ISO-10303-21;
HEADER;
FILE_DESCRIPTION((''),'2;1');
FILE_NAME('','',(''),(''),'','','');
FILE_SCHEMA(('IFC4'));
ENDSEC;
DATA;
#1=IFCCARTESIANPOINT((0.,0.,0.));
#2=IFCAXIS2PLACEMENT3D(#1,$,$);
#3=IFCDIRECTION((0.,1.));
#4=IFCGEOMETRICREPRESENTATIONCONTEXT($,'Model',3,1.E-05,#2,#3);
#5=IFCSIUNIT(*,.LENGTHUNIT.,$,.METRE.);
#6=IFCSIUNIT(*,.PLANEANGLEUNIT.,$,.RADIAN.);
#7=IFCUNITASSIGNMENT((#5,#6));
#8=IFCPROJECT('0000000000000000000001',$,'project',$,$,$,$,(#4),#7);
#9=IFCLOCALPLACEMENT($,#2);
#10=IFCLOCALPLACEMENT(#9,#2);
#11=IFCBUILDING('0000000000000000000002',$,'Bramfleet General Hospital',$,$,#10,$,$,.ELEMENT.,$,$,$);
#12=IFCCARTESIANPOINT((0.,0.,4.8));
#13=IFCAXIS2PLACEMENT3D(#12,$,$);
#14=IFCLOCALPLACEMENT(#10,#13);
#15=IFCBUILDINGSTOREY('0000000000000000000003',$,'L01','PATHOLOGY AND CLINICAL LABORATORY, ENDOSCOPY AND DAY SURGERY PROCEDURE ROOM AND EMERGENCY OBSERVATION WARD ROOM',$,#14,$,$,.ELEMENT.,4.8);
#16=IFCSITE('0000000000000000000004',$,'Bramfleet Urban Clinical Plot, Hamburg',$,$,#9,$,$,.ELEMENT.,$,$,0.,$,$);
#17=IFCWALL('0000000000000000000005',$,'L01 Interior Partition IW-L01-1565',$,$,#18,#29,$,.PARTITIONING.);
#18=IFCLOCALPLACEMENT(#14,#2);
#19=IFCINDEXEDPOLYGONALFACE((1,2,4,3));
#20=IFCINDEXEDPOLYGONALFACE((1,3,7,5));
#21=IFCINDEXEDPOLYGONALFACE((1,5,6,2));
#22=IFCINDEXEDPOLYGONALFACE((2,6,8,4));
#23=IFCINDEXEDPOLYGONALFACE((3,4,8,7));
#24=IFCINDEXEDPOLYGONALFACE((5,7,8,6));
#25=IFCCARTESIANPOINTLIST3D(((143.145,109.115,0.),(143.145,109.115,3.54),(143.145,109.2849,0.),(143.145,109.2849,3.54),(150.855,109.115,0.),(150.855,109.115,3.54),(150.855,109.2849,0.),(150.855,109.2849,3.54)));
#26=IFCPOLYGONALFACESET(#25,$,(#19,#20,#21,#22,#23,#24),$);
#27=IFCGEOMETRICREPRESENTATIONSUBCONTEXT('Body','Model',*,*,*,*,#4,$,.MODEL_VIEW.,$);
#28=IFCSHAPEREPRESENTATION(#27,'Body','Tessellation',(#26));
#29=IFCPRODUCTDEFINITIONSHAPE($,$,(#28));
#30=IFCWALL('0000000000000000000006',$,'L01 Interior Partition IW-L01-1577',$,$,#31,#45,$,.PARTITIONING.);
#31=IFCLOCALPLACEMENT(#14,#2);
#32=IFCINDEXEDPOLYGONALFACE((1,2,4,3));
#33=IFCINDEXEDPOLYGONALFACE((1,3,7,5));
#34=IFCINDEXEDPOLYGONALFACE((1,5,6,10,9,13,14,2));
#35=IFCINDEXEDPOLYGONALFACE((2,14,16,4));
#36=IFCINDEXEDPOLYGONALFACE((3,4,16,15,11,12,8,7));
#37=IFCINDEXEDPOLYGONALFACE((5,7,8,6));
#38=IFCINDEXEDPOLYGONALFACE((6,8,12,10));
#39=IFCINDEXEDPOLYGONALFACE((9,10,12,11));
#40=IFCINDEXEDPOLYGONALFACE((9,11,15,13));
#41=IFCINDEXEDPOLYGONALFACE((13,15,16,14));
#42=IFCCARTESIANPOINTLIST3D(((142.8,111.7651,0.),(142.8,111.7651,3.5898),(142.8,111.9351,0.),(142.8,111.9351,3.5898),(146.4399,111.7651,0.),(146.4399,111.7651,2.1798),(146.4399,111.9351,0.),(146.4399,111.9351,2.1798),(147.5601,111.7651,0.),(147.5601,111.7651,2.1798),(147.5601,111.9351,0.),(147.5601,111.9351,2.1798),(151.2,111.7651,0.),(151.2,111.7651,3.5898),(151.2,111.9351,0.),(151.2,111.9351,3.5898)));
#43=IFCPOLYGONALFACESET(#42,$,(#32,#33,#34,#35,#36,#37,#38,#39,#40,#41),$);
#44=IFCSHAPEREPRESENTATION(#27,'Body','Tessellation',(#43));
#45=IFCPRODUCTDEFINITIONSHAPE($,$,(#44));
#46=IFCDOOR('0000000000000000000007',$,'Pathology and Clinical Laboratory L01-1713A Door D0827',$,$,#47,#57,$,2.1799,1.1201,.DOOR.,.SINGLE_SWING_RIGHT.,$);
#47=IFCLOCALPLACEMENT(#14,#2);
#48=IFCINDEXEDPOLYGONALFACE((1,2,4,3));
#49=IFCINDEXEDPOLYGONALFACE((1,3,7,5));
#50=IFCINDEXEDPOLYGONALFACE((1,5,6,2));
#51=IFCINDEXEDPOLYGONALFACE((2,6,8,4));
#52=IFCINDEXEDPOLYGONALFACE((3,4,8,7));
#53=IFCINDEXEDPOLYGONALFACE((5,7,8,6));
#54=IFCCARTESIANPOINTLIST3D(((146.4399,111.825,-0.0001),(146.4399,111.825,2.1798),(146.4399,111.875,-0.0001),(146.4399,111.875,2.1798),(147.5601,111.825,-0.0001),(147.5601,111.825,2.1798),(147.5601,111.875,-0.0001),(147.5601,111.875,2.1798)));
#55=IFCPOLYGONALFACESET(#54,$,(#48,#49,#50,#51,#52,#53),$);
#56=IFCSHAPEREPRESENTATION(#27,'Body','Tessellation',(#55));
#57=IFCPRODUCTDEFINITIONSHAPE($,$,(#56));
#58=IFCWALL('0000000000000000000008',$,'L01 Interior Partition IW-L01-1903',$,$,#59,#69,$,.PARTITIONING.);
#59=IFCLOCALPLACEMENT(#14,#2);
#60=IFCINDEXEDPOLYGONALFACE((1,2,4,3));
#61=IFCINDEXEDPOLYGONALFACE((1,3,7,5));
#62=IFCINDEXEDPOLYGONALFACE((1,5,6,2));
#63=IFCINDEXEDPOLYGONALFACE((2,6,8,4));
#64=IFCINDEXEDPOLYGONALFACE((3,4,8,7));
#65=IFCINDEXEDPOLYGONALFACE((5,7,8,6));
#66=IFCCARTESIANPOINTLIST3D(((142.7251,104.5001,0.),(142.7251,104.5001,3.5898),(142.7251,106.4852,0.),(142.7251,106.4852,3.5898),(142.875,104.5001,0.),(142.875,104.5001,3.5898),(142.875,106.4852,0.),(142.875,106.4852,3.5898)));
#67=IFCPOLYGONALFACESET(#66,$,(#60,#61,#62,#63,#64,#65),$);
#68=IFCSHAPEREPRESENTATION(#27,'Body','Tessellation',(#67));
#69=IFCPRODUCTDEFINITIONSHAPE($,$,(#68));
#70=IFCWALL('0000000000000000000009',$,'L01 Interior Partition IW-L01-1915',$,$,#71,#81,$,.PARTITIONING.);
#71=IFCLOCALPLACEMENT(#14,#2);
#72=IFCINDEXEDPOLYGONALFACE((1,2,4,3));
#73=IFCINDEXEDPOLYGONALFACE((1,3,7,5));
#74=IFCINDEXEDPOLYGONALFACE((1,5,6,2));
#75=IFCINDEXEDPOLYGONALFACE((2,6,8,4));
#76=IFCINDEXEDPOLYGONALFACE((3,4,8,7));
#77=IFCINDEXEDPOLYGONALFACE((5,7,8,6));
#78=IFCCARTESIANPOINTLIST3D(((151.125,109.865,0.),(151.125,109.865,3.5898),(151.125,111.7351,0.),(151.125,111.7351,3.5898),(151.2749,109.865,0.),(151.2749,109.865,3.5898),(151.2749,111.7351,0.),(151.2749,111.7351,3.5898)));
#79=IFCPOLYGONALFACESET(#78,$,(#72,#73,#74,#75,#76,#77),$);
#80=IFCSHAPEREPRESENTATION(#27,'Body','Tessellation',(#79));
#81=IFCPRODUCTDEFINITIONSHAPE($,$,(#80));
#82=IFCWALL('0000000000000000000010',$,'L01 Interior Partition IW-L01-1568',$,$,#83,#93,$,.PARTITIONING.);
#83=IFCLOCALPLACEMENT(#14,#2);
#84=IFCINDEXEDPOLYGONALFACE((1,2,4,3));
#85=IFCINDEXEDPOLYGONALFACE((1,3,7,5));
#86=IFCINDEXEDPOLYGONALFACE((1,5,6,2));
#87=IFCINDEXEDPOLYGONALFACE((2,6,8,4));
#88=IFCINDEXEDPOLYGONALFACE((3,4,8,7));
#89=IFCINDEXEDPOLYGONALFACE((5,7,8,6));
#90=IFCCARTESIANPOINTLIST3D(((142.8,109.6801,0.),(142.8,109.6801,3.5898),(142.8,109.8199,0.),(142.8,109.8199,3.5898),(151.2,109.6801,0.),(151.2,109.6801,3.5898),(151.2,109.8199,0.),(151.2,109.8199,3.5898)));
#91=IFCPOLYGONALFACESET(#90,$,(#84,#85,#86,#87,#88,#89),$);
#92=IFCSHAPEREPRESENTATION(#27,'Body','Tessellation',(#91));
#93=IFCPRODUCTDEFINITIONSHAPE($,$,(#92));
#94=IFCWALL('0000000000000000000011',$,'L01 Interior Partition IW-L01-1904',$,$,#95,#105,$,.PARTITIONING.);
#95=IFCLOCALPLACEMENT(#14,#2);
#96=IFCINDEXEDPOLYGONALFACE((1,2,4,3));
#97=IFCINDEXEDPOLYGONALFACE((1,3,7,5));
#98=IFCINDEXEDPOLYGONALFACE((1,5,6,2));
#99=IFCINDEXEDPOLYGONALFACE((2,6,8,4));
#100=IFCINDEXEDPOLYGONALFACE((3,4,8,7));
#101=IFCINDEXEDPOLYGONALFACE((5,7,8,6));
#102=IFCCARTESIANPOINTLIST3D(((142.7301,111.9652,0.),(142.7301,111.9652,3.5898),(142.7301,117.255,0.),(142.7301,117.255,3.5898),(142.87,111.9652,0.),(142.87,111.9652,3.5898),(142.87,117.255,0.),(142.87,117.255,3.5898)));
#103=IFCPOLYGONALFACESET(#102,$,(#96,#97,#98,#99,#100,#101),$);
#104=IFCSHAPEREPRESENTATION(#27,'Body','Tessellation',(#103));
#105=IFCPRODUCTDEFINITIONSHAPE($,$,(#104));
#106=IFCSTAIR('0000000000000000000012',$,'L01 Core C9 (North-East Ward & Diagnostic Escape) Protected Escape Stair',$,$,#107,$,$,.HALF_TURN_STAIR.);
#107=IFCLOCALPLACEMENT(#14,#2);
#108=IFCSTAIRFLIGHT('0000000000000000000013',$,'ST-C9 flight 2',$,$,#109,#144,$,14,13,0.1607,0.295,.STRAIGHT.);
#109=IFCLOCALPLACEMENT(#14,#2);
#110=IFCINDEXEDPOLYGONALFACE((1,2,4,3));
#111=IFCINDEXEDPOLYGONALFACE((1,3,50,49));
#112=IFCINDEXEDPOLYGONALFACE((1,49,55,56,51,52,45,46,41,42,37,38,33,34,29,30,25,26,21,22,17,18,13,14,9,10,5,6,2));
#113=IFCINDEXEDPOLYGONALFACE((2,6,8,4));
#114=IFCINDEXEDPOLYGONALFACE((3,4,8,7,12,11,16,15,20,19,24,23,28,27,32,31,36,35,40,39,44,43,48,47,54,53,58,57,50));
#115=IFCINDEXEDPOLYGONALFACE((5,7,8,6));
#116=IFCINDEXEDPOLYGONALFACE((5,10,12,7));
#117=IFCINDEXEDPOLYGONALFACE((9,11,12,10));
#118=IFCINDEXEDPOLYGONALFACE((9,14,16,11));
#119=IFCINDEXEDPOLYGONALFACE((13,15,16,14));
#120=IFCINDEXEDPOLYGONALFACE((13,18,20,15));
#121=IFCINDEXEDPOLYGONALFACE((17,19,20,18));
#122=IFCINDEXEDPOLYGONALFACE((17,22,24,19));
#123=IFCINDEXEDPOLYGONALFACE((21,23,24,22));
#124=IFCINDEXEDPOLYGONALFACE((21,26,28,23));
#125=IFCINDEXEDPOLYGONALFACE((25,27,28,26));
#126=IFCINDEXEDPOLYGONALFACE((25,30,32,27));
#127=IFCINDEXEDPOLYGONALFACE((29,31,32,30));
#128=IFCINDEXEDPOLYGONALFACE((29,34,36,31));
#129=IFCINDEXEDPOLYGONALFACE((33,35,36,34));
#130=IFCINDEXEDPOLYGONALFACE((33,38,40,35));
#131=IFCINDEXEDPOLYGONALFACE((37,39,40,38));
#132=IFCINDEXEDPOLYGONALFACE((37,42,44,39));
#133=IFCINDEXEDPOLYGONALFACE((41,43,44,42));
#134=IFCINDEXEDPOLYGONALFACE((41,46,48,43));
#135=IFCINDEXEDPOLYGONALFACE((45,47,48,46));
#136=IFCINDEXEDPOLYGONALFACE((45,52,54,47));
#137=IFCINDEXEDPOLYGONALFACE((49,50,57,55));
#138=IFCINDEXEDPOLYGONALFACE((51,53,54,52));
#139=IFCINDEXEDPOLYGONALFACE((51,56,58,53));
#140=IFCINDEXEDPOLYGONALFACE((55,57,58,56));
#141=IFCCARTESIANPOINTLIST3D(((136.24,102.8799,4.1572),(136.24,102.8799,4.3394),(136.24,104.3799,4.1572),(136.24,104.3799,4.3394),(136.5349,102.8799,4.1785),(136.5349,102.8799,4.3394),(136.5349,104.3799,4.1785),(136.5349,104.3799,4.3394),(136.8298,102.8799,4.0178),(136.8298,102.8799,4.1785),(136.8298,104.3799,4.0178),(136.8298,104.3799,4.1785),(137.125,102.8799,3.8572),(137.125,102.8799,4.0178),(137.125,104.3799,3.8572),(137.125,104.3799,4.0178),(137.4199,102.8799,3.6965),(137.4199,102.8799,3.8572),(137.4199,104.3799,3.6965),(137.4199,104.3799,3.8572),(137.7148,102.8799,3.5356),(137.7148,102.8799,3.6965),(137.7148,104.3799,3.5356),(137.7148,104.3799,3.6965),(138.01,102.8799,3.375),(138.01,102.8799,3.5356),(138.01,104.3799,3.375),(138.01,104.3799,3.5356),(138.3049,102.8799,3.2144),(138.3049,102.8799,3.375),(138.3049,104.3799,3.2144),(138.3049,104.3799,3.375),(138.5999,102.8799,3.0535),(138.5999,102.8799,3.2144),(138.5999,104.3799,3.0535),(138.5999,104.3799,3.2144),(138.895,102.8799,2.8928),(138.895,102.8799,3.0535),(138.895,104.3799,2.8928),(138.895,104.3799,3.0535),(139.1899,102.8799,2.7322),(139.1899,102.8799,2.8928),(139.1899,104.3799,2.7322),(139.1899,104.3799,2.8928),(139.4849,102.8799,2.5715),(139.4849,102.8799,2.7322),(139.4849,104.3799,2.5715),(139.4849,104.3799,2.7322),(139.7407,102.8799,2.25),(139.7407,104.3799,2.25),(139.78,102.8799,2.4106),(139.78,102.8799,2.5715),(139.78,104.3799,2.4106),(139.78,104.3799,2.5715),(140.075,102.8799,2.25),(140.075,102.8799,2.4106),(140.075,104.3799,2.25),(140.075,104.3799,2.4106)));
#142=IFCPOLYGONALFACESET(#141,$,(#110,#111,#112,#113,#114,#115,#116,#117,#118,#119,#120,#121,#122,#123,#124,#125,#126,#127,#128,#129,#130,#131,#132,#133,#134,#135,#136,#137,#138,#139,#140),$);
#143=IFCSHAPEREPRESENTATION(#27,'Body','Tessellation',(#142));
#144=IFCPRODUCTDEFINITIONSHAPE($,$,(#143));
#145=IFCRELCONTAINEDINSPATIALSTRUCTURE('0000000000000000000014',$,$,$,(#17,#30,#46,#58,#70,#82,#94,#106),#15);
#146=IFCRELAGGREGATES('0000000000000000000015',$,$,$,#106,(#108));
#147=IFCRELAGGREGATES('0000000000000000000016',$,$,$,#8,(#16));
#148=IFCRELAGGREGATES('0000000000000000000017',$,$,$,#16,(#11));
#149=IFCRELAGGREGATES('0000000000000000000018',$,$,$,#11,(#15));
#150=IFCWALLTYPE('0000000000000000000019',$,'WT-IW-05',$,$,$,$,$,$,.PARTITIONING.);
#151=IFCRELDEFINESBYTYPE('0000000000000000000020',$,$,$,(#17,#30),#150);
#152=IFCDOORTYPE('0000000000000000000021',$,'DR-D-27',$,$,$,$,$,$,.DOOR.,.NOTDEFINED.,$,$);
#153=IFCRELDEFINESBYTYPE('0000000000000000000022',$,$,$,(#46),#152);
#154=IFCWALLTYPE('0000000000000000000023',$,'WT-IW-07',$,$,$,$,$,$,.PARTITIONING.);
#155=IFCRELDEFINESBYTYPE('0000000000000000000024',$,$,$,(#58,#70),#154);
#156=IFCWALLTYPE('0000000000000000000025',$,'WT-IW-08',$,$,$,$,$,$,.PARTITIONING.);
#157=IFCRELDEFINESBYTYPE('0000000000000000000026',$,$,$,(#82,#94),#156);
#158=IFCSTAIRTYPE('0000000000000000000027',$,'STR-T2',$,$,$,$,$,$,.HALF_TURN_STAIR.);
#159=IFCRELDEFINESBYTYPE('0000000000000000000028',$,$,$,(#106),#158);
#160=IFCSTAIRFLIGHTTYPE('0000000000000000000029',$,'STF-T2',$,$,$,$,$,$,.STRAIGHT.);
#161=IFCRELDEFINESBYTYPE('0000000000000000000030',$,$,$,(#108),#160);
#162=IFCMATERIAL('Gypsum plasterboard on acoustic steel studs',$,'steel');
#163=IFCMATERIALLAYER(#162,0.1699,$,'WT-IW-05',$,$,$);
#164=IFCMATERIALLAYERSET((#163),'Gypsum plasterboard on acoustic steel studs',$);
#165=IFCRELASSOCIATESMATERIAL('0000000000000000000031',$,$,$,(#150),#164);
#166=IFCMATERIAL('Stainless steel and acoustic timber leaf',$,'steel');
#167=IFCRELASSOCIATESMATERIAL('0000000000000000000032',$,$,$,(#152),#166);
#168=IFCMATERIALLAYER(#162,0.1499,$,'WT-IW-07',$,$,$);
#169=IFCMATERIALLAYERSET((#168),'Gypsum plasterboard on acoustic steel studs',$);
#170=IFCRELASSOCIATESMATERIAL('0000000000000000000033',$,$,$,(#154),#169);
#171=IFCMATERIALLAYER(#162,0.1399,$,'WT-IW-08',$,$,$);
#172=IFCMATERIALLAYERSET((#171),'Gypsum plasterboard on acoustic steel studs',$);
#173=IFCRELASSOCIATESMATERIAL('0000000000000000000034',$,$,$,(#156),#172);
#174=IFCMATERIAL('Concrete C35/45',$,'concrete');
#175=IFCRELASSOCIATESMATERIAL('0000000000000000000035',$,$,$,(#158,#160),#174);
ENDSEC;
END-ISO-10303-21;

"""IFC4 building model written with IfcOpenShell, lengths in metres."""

from ifc_helpers import new_model, si_unit, direction, frame, frame_2d, origin, place, context, subcontext, project, spatial, polyline, rectangle, outline, extrude, material, layer, layer_set, type_object, element, fill, aggregate, save


model = new_model("IFC4")

# Units and contexts
model_context = context("Model", 3, precision=1e-05, world=origin(), true_north=direction((0.0, 1.0)))
body_context = subcontext(model_context, "Body", "Model", "MODEL_VIEW")
ifc_project = project(units=[si_unit("LENGTHUNIT", "METRE"), si_unit("PLANEANGLEUNIT", "RADIAN")], contexts=[model_context])

# Site, building, storey
site_placement = place(None, origin())
site = spatial("IfcSite", under=ifc_project, at=site_placement, Name="Bramfleet Urban Clinical Plot, Hamburg", CompositionType="ELEMENT", RefElevation=0.0)
building_placement = place(site_placement, origin())
building = spatial("IfcBuilding", under=site, at=building_placement, Name="Bramfleet General Hospital", CompositionType="ELEMENT")
storey_placement = place(building_placement, frame((0.0, 0.0, 4.8)))
storey = spatial("IfcBuildingStorey", under=building, at=storey_placement, Name="L01", Description="PATHOLOGY AND CLINICAL LABORATORY, ENDOSCOPY AND DAY SURGERY PROCEDURE ROOM AND EMERGENCY OBSERVATION WARD ROOM", CompositionType="ELEMENT", Elevation=4.8)

# Shared definitions
ifc_material_1 = material(Name="Concrete C35/45", Category="concrete")

# Shared definitions
ifc_material_2 = material(Name="Stainless steel and acoustic timber leaf", Category="steel")

# Wall
ifc_material_3 = material(Name="Gypsum plasterboard on acoustic steel studs", Category="steel")
ifc_layer_1 = layer(ifc_material_3, 0.1699, Name="WT-IW-05")
ifc_layer_set_1 = layer_set([ifc_layer_1], Name="Gypsum plasterboard on acoustic steel studs")
wall_type_1 = type_object("IfcWallType", Name="WT-IW-05", PredefinedType="PARTITIONING", material=ifc_layer_set_1)
wall_1_placement = place(storey_placement, frame((143.145, 109.2, 0.0), z_axis=(0.0, 0.0, 1.0), x_axis=(1.0, 0.0, 0.0)))
element("IfcWall", 1, at=wall_1_placement, inside=storey, type_object=wall_type_1, Name="L01 Interior Partition IW-L01-1565", PredefinedType="PARTITIONING", context=body_context, shape_type="SweptSolid", body=[
    extrude(rectangle(XDim=7.71, YDim=0.1699, at=frame_2d((3.855, 0.0))), origin(), (0.0, 0.0, 1.0), 3.54),
])

# Wall, opening, door
wall_2_placement = place(storey_placement, frame((142.8, 111.8501, 0.0), z_axis=(0.0, 0.0, 1.0), x_axis=(1.0, 0.0, 0.0)))
wall_2 = element("IfcWall", 2, at=wall_2_placement, inside=storey, type_object=wall_type_1, Name="L01 Interior Partition IW-L01-1577", PredefinedType="PARTITIONING", context=body_context, shape_type="SweptSolid", body=[
    extrude(rectangle(XDim=8.3999, YDim=0.1699, at=frame_2d((4.2, 0.0))), origin(), (0.0, 0.0, 1.0), 3.5898),
])
opening_1_placement = place(wall_2_placement, frame((3.6399, 0.0, 0.0)))
opening_1 = element("IfcOpeningElement", 3, at=opening_1_placement, cuts=wall_2, PredefinedType="OPENING", context=body_context, shape_type="SweptSolid", body=[
    extrude(rectangle(XDim=1.1201, YDim=2.1799, at=frame_2d((0.5601, 1.0898))), frame((0.0, 0.095, 0.0), z_axis=(0.0, -1.0, 0.0), x_axis=(1.0, 0.0, 0.0)), (0.0, 0.0, 1.0), 0.1899),
])
door_type_1 = type_object("IfcDoorType", Name="DR-D-27", OperationType="NOTDEFINED", PredefinedType="DOOR", material=ifc_material_2)
door_1_placement = place(opening_1_placement, origin())
door_1 = element("IfcDoor", 4, at=door_1_placement, inside=storey, type_object=door_type_1, Name="Pathology and Clinical Laboratory L01-1713A Door D0827", OperationType="SINGLE_SWING_RIGHT", OverallHeight=2.1799, OverallWidth=1.1201, PredefinedType="DOOR", context=body_context, shape_type="SweptSolid", body=[
    extrude(rectangle(XDim=1.1201, YDim=2.1799, at=frame_2d((0.5601, 1.0898))), frame((0.0, 0.0249, 0.0), z_axis=(0.0, -1.0, 0.0), x_axis=(1.0, 0.0, 0.0)), (0.0, 0.0, 1.0), 0.05),
])
fill(opening_1, door_1)

# Walls
ifc_layer_2 = layer(ifc_material_3, 0.1499, Name="WT-IW-07")
ifc_layer_set_2 = layer_set([ifc_layer_2], Name="Gypsum plasterboard on acoustic steel studs")
wall_type_2 = type_object("IfcWallType", Name="WT-IW-07", PredefinedType="PARTITIONING", material=ifc_layer_set_2)
wall_3_placement = place(storey_placement, frame((142.8, 104.5, 0.0), z_axis=(0.0, 0.0, 1.0), x_axis=(0.0, 1.0, 0.0)))
element("IfcWall", 5, at=wall_3_placement, inside=storey, type_object=wall_type_2, Name="L01 Interior Partition IW-L01-1903", PredefinedType="PARTITIONING", context=body_context, shape_type="SweptSolid", body=[
    extrude(rectangle(XDim=1.9851, YDim=0.1499, at=frame_2d((0.9927, 0.0))), origin(), (0.0, 0.0, 1.0), 3.5898),
])
wall_4_placement = place(storey_placement, frame((151.2, 109.865, 0.0), z_axis=(0.0, 0.0, 1.0), x_axis=(0.0, 1.0, 0.0)))
element("IfcWall", 6, at=wall_4_placement, inside=storey, type_object=wall_type_2, Name="L01 Interior Partition IW-L01-1915", PredefinedType="PARTITIONING", context=body_context, shape_type="SweptSolid", body=[
    extrude(rectangle(XDim=1.8701, YDim=0.1499, at=frame_2d((0.9351, 0.0))), origin(), (0.0, 0.0, 1.0), 3.5898),
])
ifc_layer_3 = layer(ifc_material_3, 0.1399, Name="WT-IW-08")
ifc_layer_set_3 = layer_set([ifc_layer_3], Name="Gypsum plasterboard on acoustic steel studs")
wall_type_3 = type_object("IfcWallType", Name="WT-IW-08", PredefinedType="PARTITIONING", material=ifc_layer_set_3)
wall_5_placement = place(storey_placement, frame((142.8, 109.75, 0.0), z_axis=(0.0, 0.0, 1.0), x_axis=(1.0, 0.0, 0.0)))
element("IfcWall", 7, at=wall_5_placement, inside=storey, type_object=wall_type_3, Name="L01 Interior Partition IW-L01-1568", PredefinedType="PARTITIONING", context=body_context, shape_type="SweptSolid", body=[
    extrude(rectangle(XDim=8.3999, YDim=0.1399, at=frame_2d((4.2, 0.0))), origin(), (0.0, 0.0, 1.0), 3.5898),
])
wall_6_placement = place(storey_placement, frame((142.8, 111.9651, 0.0), z_axis=(0.0, 0.0, 1.0), x_axis=(0.0, 1.0, 0.0)))
element("IfcWall", 8, at=wall_6_placement, inside=storey, type_object=wall_type_3, Name="L01 Interior Partition IW-L01-1904", PredefinedType="PARTITIONING", context=body_context, shape_type="SweptSolid", body=[
    extrude(rectangle(XDim=5.2898, YDim=0.1399, at=frame_2d((2.645, 0.0))), origin(), (0.0, 0.0, 1.0), 3.5898),
])

# Stair, stair flight
stair_type = type_object("IfcStairType", Name="STR-T2", PredefinedType="HALF_TURN_STAIR", material=ifc_material_1)
stair_placement = place(storey_placement, origin())
stair = element("IfcStair", 9, at=stair_placement, inside=storey, type_object=stair_type, Name="L01 Core C9 (North-East Ward & Diagnostic Escape) Protected Escape Stair", PredefinedType="HALF_TURN_STAIR")
stair_flight_type = type_object("IfcStairFlightType", Name="STF-T2", PredefinedType="STRAIGHT", material=ifc_material_1)
stair_flight_placement = place(storey_placement, frame((140.075, 103.6299, 2.25), z_axis=(0.0, 0.0, 1.0), x_axis=(-1.0, 0.0, 0.0)))
stair_flight = element("IfcStairFlight", 10, at=stair_flight_placement, type_object=stair_flight_type, Name="ST-C9 flight 2", NumberOfRisers=14, NumberOfTreads=13, PredefinedType="STRAIGHT", RiserHeight=0.1607, TreadLength=0.295, context=body_context, shape_type="SweptSolid", body=[
    extrude(outline(polyline([(0.0, 0.0), (0.0, 0.1606), (0.2949, 0.1606), (0.2949, 0.3215), (0.5901, 0.3215), (0.5901, 0.4822), (0.885, 0.4822), (0.885, 0.6428), (1.1799, 0.6428), (1.1799, 0.8035), (1.4751, 0.8035), (1.4751, 0.9644), (1.77, 0.9644), (1.77, 1.125), (2.0649, 1.125), (2.0649, 1.2856), (2.3601, 1.2856), (2.3601, 1.4465), (2.655, 1.4465), (2.655, 1.6072), (2.95, 1.6072), (2.95, 1.7678), (3.2451, 1.7678), (3.2451, 1.9285), (3.54, 1.9285), (3.54, 2.0894), (3.835, 2.0894), (3.835, 2.25), (3.835, 1.9072), (0.3342, 0.0), (0.0, 0.0)])), frame((0.0, 0.75, 0.0), z_axis=(0.0, -1.0, 0.0), x_axis=(1.0, 0.0, 0.0)), (0.0, 0.0, 1.0), 1.5),
])
aggregate(stair, [stair_flight])

save(model, "model.ifc")
